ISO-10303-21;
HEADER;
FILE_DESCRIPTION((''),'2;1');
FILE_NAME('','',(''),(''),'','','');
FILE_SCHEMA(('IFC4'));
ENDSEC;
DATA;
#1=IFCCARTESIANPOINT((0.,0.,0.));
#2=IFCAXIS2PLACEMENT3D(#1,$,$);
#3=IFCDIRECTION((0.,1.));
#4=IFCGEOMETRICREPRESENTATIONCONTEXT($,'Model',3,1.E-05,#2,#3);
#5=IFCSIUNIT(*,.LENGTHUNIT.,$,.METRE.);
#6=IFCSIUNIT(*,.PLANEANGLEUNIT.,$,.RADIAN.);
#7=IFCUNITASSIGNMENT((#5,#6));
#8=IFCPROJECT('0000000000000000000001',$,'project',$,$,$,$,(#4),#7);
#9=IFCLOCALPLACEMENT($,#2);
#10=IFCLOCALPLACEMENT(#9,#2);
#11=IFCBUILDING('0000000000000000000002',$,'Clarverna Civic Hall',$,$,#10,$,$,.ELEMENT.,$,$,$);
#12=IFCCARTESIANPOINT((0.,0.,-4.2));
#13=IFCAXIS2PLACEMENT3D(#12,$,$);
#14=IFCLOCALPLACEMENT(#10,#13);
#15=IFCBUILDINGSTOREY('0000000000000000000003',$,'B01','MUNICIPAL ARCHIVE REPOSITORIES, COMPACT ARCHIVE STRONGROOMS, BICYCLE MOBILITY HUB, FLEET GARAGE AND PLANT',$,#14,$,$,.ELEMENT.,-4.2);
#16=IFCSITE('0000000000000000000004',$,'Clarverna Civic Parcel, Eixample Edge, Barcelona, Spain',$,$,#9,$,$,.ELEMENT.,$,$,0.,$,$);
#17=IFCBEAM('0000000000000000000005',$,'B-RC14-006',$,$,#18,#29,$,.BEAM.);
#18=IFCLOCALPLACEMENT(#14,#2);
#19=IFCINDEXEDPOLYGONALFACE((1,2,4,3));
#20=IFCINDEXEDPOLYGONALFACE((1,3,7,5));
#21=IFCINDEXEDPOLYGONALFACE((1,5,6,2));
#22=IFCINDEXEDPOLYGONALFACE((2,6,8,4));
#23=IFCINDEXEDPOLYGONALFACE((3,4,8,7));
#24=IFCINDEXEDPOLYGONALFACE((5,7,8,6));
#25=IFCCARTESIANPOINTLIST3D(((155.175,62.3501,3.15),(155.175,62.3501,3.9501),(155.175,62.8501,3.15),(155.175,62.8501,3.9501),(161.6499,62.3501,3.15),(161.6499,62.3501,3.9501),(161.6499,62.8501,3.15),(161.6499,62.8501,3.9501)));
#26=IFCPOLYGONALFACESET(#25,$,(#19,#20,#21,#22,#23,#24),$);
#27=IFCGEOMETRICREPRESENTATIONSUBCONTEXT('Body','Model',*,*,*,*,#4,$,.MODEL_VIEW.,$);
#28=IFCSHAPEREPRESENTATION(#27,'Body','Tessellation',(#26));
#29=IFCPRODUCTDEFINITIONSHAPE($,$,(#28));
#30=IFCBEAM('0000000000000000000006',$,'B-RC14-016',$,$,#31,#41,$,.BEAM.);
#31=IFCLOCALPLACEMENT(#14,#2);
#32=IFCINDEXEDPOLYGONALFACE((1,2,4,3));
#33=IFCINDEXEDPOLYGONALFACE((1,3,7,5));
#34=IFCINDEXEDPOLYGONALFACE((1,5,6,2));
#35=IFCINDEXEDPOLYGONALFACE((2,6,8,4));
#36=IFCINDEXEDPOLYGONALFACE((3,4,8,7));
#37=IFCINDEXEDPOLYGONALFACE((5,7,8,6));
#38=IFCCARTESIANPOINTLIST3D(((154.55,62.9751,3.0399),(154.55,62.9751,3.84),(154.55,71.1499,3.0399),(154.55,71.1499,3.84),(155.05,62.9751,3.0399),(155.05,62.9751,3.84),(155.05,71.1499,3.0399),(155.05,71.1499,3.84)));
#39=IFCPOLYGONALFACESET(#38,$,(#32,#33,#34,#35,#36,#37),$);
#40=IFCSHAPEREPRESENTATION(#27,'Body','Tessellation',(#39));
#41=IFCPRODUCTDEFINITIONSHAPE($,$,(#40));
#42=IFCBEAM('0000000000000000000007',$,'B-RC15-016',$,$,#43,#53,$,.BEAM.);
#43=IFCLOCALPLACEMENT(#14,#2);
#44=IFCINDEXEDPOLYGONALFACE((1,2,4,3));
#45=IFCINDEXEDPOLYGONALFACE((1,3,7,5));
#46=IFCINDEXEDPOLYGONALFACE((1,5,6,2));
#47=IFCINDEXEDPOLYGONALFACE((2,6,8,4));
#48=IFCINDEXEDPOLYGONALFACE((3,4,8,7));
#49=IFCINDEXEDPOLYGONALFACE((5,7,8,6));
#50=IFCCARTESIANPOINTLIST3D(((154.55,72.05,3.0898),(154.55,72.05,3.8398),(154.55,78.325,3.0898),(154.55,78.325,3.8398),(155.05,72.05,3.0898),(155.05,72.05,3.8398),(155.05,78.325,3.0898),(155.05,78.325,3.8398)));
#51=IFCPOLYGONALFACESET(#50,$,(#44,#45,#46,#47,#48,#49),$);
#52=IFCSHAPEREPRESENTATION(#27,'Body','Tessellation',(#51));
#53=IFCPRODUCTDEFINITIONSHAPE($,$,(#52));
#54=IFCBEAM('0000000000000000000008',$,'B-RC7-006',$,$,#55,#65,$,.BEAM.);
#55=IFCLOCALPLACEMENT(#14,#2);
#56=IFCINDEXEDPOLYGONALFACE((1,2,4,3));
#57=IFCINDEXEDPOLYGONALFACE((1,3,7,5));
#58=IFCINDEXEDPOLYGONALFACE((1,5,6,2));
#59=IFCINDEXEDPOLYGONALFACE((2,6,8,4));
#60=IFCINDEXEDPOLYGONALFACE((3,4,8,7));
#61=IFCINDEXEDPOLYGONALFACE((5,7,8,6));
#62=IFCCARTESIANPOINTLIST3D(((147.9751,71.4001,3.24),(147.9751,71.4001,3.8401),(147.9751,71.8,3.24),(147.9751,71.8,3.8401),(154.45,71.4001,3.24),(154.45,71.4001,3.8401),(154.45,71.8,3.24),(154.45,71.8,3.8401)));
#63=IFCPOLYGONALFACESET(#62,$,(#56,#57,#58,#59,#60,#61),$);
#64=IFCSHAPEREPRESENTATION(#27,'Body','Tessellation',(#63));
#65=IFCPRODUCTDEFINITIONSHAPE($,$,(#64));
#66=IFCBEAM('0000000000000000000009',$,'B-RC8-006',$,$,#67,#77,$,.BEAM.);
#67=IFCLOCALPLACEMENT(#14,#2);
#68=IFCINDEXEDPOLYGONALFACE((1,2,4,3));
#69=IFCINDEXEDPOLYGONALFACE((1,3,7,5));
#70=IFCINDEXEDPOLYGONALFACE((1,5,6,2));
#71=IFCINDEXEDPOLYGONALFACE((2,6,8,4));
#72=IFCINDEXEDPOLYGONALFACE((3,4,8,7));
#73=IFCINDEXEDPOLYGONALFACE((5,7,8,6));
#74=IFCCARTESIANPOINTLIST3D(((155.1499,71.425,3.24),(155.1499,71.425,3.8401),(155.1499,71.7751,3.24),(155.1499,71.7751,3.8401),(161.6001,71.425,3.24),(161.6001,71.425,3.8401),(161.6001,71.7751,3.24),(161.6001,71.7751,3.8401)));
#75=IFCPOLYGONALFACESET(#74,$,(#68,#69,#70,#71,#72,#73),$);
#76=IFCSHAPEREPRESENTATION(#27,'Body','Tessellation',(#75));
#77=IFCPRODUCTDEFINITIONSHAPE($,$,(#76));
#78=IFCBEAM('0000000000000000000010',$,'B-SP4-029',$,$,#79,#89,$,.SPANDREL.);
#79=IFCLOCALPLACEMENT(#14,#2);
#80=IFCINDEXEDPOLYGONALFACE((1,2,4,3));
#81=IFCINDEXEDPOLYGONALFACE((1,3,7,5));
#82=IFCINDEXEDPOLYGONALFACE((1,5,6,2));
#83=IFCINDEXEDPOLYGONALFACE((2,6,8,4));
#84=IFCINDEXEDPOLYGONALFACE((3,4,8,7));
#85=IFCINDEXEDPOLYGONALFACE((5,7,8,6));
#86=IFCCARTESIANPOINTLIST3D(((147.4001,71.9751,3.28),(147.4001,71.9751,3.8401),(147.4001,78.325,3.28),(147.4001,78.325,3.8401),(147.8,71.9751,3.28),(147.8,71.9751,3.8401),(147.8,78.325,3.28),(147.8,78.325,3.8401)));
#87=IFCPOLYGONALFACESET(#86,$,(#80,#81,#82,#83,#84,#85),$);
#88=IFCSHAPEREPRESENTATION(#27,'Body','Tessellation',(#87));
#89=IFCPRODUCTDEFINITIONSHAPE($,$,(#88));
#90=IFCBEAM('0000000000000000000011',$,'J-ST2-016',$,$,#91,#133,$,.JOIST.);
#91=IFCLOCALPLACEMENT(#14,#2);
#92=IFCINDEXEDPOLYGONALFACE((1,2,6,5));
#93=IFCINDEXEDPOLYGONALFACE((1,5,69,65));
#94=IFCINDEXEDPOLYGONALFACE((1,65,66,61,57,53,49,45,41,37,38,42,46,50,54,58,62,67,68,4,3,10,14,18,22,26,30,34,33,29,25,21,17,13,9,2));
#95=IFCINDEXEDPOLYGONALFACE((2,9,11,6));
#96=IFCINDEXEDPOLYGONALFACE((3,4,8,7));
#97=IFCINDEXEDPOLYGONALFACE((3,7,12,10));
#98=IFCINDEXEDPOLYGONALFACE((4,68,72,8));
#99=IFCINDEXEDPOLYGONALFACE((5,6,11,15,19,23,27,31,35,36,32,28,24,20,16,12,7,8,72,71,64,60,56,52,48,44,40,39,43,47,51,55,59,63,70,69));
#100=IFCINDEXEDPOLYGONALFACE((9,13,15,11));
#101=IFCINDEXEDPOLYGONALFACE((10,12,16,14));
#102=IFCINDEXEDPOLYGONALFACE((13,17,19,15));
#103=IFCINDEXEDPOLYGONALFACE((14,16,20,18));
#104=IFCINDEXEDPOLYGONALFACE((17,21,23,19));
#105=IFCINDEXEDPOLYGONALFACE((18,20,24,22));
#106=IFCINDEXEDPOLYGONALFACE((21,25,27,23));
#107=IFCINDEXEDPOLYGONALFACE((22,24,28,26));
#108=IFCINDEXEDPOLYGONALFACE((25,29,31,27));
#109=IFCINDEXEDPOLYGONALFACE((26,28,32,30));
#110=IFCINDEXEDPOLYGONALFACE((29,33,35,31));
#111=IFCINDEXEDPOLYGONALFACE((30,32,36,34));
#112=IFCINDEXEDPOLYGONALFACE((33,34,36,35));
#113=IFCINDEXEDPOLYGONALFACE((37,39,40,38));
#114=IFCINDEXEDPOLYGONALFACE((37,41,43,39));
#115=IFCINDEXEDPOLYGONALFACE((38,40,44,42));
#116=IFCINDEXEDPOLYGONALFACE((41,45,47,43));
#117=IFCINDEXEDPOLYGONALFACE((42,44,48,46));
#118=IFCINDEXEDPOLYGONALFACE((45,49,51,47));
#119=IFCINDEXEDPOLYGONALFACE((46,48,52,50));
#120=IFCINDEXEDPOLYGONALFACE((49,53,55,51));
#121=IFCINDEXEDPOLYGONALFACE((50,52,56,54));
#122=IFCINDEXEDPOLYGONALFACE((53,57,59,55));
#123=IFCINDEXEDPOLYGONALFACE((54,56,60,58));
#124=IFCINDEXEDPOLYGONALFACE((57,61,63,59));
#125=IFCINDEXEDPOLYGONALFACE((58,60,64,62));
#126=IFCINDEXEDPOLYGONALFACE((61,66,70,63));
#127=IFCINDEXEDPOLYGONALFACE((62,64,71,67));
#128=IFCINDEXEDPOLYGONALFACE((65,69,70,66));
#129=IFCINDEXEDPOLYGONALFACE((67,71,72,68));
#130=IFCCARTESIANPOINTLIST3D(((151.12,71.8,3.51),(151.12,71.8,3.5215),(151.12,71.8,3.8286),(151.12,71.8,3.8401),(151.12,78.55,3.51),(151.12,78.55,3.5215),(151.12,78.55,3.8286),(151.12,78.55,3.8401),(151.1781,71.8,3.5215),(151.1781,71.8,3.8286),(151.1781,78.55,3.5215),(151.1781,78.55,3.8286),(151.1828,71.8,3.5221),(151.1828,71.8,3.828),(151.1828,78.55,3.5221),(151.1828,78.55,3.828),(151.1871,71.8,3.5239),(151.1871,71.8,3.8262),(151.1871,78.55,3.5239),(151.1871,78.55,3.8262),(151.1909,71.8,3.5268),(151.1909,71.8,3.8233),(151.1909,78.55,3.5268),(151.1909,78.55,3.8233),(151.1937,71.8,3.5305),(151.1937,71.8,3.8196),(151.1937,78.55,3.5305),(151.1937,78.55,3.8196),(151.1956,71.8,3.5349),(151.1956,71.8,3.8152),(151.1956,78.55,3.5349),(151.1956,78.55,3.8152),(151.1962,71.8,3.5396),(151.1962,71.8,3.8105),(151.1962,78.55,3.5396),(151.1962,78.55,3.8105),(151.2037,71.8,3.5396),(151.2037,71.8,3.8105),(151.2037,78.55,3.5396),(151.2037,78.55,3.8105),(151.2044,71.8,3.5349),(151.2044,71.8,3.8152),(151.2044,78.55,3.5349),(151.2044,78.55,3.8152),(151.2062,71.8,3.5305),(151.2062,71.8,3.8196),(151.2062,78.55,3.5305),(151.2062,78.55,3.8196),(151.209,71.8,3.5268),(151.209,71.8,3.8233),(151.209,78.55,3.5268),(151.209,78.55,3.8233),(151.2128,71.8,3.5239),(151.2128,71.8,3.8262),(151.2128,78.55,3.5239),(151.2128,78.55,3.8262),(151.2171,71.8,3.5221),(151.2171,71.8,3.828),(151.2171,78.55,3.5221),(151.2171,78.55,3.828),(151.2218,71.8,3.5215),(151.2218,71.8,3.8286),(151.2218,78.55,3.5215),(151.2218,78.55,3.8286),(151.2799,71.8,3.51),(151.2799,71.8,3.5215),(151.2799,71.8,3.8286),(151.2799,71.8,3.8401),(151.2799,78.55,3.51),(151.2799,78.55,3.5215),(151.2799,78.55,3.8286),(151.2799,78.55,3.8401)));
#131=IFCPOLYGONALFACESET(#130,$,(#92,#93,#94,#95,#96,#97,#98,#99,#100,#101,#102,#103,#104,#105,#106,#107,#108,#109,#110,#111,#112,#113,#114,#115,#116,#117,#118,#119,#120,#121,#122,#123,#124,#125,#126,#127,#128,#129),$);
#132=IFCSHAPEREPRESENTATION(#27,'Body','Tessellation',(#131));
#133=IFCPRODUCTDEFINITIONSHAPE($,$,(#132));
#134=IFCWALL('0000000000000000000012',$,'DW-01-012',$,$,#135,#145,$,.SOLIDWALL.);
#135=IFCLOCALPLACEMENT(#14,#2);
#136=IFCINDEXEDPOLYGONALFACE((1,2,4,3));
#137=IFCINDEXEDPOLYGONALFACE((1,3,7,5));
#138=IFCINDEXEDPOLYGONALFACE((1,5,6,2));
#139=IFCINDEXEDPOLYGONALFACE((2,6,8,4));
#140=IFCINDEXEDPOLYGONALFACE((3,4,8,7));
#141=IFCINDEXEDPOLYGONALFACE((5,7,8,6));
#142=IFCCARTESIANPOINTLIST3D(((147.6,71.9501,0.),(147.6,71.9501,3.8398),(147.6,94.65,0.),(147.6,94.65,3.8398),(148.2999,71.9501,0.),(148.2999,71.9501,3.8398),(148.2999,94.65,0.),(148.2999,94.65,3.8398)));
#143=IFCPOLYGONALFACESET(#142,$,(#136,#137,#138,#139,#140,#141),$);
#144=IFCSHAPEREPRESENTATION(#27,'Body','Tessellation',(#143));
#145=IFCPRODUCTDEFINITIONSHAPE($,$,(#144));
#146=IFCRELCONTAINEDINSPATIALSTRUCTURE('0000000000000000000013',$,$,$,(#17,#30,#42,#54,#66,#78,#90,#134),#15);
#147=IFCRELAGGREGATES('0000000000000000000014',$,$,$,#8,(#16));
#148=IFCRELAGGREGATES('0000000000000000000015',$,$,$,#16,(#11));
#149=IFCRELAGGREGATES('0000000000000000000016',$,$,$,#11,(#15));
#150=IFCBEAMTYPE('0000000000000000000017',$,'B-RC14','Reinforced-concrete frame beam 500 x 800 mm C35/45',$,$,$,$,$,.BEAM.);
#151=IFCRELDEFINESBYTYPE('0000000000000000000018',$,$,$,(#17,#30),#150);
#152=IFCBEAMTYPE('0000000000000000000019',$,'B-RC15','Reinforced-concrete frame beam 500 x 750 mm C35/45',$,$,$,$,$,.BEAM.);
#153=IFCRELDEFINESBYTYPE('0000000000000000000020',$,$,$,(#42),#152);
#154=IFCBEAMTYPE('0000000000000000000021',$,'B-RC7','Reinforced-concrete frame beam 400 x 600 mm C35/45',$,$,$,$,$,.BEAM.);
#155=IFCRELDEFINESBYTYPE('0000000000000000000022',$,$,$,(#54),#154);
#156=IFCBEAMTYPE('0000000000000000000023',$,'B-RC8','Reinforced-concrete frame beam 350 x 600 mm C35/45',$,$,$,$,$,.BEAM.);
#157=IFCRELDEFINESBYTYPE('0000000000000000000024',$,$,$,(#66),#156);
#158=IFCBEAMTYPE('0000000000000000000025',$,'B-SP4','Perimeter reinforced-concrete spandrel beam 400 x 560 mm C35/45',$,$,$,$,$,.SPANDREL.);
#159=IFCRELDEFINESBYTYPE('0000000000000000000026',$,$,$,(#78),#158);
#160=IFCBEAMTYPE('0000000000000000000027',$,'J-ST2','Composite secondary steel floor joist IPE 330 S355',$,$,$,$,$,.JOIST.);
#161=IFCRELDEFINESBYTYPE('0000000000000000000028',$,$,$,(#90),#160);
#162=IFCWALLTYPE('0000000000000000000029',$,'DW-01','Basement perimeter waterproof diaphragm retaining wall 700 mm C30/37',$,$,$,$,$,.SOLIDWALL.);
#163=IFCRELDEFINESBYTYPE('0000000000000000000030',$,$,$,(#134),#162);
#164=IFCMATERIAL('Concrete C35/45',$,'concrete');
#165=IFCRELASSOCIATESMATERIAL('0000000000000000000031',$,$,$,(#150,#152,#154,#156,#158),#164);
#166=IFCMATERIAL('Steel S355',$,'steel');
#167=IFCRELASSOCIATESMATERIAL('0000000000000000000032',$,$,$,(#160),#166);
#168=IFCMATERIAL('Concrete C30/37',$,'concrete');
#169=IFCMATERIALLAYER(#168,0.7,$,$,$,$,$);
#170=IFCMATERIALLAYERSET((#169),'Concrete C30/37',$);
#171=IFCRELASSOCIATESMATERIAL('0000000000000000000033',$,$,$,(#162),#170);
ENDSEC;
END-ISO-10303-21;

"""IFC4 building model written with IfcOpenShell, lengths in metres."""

from ifc_helpers import new_model, si_unit, direction, frame, frame_2d, origin, origin_2d, place, context, subcontext, project, spatial, rectangle, i_section, extrude, material, layer, layer_set, material_profile, profile_set, type_object, element, save


model = new_model("IFC4")

# Units and contexts
model_context = context("Model", 3, precision=1e-05, world=origin(), true_north=direction((0.0, 1.0)))
body_context = subcontext(model_context, "Body", "Model", "MODEL_VIEW")
ifc_project = project(units=[si_unit("LENGTHUNIT", "METRE"), si_unit("PLANEANGLEUNIT", "RADIAN")], contexts=[model_context])

# Site, building, storey
site_placement = place(None, origin())
site = spatial("IfcSite", under=ifc_project, at=site_placement, Name="Clarverna Civic Parcel, Eixample Edge, Barcelona, Spain", CompositionType="ELEMENT", RefElevation=0.0)
building_placement = place(site_placement, origin())
building = spatial("IfcBuilding", under=site, at=building_placement, Name="Clarverna Civic Hall", CompositionType="ELEMENT")
storey_placement = place(building_placement, frame((0.0, 0.0, -4.2)))
storey = spatial("IfcBuildingStorey", under=building, at=storey_placement, Name="B01", Description="MUNICIPAL ARCHIVE REPOSITORIES, COMPACT ARCHIVE STRONGROOMS, BICYCLE MOBILITY HUB, FLEET GARAGE AND PLANT", CompositionType="ELEMENT", Elevation=-4.2)

# Shared definitions
ifc_material_1 = material(Name="Concrete C30/37", Category="concrete")

# Beams
ifc_material_2 = material(Name="Concrete C35/45", Category="concrete")
ifc_material_profile_1 = material_profile(ifc_material_2, rectangle(XDim=0.5, YDim=0.8, at=origin_2d()), Name="RC 500x800")
ifc_profile_set_1 = profile_set([ifc_material_profile_1], Name="Concrete C35/45")
beam_type_1 = type_object("IfcBeamType", Name="B-RC14", Description="Reinforced-concrete frame beam 500 x 800 mm C35/45", PredefinedType="BEAM", material=ifc_profile_set_1)
beam_1_placement = place(storey_placement, frame((155.175, 62.6001, 3.55), z_axis=(1.0, 0.0, 0.0), x_axis=(0.0, 1.0, 0.0)))
element("IfcBeam", 1, at=beam_1_placement, inside=storey, type_object=beam_type_1, Name="B-RC14-006", PredefinedType="BEAM", context=body_context, shape_type="SweptSolid", body=[
    extrude(rectangle(XDim=0.5, YDim=0.8, at=origin_2d()), origin(), (0.0, 0.0, 1.0), 6.4749),
])
beam_2_placement = place(storey_placement, frame((154.8, 62.9751, 3.4399), z_axis=(0.0, 1.0, 0.0), x_axis=(-1.0, 0.0, 0.0)))
element("IfcBeam", 2, at=beam_2_placement, inside=storey, type_object=beam_type_1, Name="B-RC14-016", PredefinedType="BEAM", context=body_context, shape_type="SweptSolid", body=[
    extrude(rectangle(XDim=0.5, YDim=0.8, at=origin_2d()), origin(), (0.0, 0.0, 1.0), 8.1748),
])
ifc_material_profile_2 = material_profile(ifc_material_2, rectangle(XDim=0.5, YDim=0.75, at=origin_2d()), Name="RC 500x750")
ifc_profile_set_2 = profile_set([ifc_material_profile_2], Name="Concrete C35/45")
beam_type_2 = type_object("IfcBeamType", Name="B-RC15", Description="Reinforced-concrete frame beam 500 x 750 mm C35/45", PredefinedType="BEAM", material=ifc_profile_set_2)
beam_3_placement = place(storey_placement, frame((154.8, 72.05, 3.4648), z_axis=(0.0, 1.0, 0.0), x_axis=(-1.0, 0.0, 0.0)))
element("IfcBeam", 3, at=beam_3_placement, inside=storey, type_object=beam_type_2, Name="B-RC15-016", PredefinedType="BEAM", context=body_context, shape_type="SweptSolid", body=[
    extrude(rectangle(XDim=0.5, YDim=0.75, at=origin_2d()), origin(), (0.0, 0.0, 1.0), 6.2749),
])
ifc_material_profile_3 = material_profile(ifc_material_2, rectangle(XDim=0.3999, YDim=0.6001, at=origin_2d()), Name="RC 400x600")
ifc_profile_set_3 = profile_set([ifc_material_profile_3], Name="Concrete C35/45")
beam_type_3 = type_object("IfcBeamType", Name="B-RC7", Description="Reinforced-concrete frame beam 400 x 600 mm C35/45", PredefinedType="BEAM", material=ifc_profile_set_3)
beam_4_placement = place(storey_placement, frame((147.9751, 71.6001, 3.54), z_axis=(1.0, 0.0, 0.0), x_axis=(0.0, 1.0, 0.0)))
element("IfcBeam", 4, at=beam_4_placement, inside=storey, type_object=beam_type_3, Name="B-RC7-006", PredefinedType="BEAM", context=body_context, shape_type="SweptSolid", body=[
    extrude(rectangle(XDim=0.3999, YDim=0.6001, at=origin_2d()), origin(), (0.0, 0.0, 1.0), 6.4749),
])
ifc_material_profile_4 = material_profile(ifc_material_2, rectangle(XDim=0.3501, YDim=0.6001, at=origin_2d()), Name="RC 350x600")
ifc_profile_set_4 = profile_set([ifc_material_profile_4], Name="Concrete C35/45")
beam_type_4 = type_object("IfcBeamType", Name="B-RC8", Description="Reinforced-concrete frame beam 350 x 600 mm C35/45", PredefinedType="BEAM", material=ifc_profile_set_4)
beam_5_placement = place(storey_placement, frame((155.1499, 71.6001, 3.54), z_axis=(1.0, 0.0, 0.0), x_axis=(0.0, 1.0, 0.0)))
element("IfcBeam", 5, at=beam_5_placement, inside=storey, type_object=beam_type_4, Name="B-RC8-006", PredefinedType="BEAM", context=body_context, shape_type="SweptSolid", body=[
    extrude(rectangle(XDim=0.3501, YDim=0.6001, at=origin_2d()), origin(), (0.0, 0.0, 1.0), 6.4502),
])
ifc_material_profile_5 = material_profile(ifc_material_2, rectangle(XDim=0.3999, YDim=0.5601, at=origin_2d()), Name="RC 400x560")
ifc_profile_set_5 = profile_set([ifc_material_profile_5], Name="Concrete C35/45")
beam_type_5 = type_object("IfcBeamType", Name="B-SP4", Description="Perimeter reinforced-concrete spandrel beam 400 x 560 mm C35/45", PredefinedType="SPANDREL", material=ifc_profile_set_5)
beam_6_placement = place(storey_placement, frame((147.6001, 71.9751, 3.5601), z_axis=(0.0, 1.0, 0.0), x_axis=(-1.0, 0.0, 0.0)))
element("IfcBeam", 6, at=beam_6_placement, inside=storey, type_object=beam_type_5, Name="B-SP4-029", PredefinedType="SPANDREL", context=body_context, shape_type="SweptSolid", body=[
    extrude(rectangle(XDim=0.3999, YDim=0.5601, at=origin_2d()), origin(), (0.0, 0.0, 1.0), 6.3499),
])
ifc_material_3 = material(Name="Steel S355", Category="steel")
ifc_material_profile_6 = material_profile(ifc_material_3, i_section(OverallWidth=0.1599, OverallDepth=0.3301, WebThickness=0.0076, FlangeThickness=0.0115, FilletRadius=0.0181, at=origin_2d()), Name="IPE 330")
ifc_profile_set_6 = profile_set([ifc_material_profile_6], Name="Steel S355")
beam_type_6 = type_object("IfcBeamType", Name="J-ST2", Description="Composite secondary steel floor joist IPE 330 S355", PredefinedType="JOIST", material=ifc_profile_set_6)
beam_7_placement = place(storey_placement, frame((151.2, 71.8, 3.675), z_axis=(0.0, 1.0, 0.0), x_axis=(-1.0, 0.0, 0.0)))
element("IfcBeam", 7, at=beam_7_placement, inside=storey, type_object=beam_type_6, Name="J-ST2-016", PredefinedType="JOIST", context=body_context, shape_type="SweptSolid", body=[
    extrude(i_section(OverallWidth=0.1599, OverallDepth=0.3301, WebThickness=0.0076, FlangeThickness=0.0115, FilletRadius=0.0181, at=origin_2d()), origin(), (0.0, 0.0, 1.0), 6.75),
])

# Wall
ifc_layer = layer(ifc_material_1, 0.7)
ifc_layer_set = layer_set([ifc_layer], Name="Concrete C30/37")
wall_type = type_object("IfcWallType", Name="DW-01", Description="Basement perimeter waterproof diaphragm retaining wall 700 mm C30/37", PredefinedType="SOLIDWALL", material=ifc_layer_set)
wall_placement = place(storey_placement, frame((147.95, 71.95, 0.0), z_axis=(0.0, 0.0, 1.0), x_axis=(0.0, 1.0, 0.0)))
element("IfcWall", 8, at=wall_placement, inside=storey, type_object=wall_type, Name="DW-01-012", PredefinedType="SOLIDWALL", context=body_context, shape_type="SweptSolid", body=[
    extrude(rectangle(XDim=22.7, YDim=0.7, at=frame_2d((11.3501, 0.0))), origin(), (0.0, 0.0, 1.0), 3.8398),
])

save(model, "model.ifc")
